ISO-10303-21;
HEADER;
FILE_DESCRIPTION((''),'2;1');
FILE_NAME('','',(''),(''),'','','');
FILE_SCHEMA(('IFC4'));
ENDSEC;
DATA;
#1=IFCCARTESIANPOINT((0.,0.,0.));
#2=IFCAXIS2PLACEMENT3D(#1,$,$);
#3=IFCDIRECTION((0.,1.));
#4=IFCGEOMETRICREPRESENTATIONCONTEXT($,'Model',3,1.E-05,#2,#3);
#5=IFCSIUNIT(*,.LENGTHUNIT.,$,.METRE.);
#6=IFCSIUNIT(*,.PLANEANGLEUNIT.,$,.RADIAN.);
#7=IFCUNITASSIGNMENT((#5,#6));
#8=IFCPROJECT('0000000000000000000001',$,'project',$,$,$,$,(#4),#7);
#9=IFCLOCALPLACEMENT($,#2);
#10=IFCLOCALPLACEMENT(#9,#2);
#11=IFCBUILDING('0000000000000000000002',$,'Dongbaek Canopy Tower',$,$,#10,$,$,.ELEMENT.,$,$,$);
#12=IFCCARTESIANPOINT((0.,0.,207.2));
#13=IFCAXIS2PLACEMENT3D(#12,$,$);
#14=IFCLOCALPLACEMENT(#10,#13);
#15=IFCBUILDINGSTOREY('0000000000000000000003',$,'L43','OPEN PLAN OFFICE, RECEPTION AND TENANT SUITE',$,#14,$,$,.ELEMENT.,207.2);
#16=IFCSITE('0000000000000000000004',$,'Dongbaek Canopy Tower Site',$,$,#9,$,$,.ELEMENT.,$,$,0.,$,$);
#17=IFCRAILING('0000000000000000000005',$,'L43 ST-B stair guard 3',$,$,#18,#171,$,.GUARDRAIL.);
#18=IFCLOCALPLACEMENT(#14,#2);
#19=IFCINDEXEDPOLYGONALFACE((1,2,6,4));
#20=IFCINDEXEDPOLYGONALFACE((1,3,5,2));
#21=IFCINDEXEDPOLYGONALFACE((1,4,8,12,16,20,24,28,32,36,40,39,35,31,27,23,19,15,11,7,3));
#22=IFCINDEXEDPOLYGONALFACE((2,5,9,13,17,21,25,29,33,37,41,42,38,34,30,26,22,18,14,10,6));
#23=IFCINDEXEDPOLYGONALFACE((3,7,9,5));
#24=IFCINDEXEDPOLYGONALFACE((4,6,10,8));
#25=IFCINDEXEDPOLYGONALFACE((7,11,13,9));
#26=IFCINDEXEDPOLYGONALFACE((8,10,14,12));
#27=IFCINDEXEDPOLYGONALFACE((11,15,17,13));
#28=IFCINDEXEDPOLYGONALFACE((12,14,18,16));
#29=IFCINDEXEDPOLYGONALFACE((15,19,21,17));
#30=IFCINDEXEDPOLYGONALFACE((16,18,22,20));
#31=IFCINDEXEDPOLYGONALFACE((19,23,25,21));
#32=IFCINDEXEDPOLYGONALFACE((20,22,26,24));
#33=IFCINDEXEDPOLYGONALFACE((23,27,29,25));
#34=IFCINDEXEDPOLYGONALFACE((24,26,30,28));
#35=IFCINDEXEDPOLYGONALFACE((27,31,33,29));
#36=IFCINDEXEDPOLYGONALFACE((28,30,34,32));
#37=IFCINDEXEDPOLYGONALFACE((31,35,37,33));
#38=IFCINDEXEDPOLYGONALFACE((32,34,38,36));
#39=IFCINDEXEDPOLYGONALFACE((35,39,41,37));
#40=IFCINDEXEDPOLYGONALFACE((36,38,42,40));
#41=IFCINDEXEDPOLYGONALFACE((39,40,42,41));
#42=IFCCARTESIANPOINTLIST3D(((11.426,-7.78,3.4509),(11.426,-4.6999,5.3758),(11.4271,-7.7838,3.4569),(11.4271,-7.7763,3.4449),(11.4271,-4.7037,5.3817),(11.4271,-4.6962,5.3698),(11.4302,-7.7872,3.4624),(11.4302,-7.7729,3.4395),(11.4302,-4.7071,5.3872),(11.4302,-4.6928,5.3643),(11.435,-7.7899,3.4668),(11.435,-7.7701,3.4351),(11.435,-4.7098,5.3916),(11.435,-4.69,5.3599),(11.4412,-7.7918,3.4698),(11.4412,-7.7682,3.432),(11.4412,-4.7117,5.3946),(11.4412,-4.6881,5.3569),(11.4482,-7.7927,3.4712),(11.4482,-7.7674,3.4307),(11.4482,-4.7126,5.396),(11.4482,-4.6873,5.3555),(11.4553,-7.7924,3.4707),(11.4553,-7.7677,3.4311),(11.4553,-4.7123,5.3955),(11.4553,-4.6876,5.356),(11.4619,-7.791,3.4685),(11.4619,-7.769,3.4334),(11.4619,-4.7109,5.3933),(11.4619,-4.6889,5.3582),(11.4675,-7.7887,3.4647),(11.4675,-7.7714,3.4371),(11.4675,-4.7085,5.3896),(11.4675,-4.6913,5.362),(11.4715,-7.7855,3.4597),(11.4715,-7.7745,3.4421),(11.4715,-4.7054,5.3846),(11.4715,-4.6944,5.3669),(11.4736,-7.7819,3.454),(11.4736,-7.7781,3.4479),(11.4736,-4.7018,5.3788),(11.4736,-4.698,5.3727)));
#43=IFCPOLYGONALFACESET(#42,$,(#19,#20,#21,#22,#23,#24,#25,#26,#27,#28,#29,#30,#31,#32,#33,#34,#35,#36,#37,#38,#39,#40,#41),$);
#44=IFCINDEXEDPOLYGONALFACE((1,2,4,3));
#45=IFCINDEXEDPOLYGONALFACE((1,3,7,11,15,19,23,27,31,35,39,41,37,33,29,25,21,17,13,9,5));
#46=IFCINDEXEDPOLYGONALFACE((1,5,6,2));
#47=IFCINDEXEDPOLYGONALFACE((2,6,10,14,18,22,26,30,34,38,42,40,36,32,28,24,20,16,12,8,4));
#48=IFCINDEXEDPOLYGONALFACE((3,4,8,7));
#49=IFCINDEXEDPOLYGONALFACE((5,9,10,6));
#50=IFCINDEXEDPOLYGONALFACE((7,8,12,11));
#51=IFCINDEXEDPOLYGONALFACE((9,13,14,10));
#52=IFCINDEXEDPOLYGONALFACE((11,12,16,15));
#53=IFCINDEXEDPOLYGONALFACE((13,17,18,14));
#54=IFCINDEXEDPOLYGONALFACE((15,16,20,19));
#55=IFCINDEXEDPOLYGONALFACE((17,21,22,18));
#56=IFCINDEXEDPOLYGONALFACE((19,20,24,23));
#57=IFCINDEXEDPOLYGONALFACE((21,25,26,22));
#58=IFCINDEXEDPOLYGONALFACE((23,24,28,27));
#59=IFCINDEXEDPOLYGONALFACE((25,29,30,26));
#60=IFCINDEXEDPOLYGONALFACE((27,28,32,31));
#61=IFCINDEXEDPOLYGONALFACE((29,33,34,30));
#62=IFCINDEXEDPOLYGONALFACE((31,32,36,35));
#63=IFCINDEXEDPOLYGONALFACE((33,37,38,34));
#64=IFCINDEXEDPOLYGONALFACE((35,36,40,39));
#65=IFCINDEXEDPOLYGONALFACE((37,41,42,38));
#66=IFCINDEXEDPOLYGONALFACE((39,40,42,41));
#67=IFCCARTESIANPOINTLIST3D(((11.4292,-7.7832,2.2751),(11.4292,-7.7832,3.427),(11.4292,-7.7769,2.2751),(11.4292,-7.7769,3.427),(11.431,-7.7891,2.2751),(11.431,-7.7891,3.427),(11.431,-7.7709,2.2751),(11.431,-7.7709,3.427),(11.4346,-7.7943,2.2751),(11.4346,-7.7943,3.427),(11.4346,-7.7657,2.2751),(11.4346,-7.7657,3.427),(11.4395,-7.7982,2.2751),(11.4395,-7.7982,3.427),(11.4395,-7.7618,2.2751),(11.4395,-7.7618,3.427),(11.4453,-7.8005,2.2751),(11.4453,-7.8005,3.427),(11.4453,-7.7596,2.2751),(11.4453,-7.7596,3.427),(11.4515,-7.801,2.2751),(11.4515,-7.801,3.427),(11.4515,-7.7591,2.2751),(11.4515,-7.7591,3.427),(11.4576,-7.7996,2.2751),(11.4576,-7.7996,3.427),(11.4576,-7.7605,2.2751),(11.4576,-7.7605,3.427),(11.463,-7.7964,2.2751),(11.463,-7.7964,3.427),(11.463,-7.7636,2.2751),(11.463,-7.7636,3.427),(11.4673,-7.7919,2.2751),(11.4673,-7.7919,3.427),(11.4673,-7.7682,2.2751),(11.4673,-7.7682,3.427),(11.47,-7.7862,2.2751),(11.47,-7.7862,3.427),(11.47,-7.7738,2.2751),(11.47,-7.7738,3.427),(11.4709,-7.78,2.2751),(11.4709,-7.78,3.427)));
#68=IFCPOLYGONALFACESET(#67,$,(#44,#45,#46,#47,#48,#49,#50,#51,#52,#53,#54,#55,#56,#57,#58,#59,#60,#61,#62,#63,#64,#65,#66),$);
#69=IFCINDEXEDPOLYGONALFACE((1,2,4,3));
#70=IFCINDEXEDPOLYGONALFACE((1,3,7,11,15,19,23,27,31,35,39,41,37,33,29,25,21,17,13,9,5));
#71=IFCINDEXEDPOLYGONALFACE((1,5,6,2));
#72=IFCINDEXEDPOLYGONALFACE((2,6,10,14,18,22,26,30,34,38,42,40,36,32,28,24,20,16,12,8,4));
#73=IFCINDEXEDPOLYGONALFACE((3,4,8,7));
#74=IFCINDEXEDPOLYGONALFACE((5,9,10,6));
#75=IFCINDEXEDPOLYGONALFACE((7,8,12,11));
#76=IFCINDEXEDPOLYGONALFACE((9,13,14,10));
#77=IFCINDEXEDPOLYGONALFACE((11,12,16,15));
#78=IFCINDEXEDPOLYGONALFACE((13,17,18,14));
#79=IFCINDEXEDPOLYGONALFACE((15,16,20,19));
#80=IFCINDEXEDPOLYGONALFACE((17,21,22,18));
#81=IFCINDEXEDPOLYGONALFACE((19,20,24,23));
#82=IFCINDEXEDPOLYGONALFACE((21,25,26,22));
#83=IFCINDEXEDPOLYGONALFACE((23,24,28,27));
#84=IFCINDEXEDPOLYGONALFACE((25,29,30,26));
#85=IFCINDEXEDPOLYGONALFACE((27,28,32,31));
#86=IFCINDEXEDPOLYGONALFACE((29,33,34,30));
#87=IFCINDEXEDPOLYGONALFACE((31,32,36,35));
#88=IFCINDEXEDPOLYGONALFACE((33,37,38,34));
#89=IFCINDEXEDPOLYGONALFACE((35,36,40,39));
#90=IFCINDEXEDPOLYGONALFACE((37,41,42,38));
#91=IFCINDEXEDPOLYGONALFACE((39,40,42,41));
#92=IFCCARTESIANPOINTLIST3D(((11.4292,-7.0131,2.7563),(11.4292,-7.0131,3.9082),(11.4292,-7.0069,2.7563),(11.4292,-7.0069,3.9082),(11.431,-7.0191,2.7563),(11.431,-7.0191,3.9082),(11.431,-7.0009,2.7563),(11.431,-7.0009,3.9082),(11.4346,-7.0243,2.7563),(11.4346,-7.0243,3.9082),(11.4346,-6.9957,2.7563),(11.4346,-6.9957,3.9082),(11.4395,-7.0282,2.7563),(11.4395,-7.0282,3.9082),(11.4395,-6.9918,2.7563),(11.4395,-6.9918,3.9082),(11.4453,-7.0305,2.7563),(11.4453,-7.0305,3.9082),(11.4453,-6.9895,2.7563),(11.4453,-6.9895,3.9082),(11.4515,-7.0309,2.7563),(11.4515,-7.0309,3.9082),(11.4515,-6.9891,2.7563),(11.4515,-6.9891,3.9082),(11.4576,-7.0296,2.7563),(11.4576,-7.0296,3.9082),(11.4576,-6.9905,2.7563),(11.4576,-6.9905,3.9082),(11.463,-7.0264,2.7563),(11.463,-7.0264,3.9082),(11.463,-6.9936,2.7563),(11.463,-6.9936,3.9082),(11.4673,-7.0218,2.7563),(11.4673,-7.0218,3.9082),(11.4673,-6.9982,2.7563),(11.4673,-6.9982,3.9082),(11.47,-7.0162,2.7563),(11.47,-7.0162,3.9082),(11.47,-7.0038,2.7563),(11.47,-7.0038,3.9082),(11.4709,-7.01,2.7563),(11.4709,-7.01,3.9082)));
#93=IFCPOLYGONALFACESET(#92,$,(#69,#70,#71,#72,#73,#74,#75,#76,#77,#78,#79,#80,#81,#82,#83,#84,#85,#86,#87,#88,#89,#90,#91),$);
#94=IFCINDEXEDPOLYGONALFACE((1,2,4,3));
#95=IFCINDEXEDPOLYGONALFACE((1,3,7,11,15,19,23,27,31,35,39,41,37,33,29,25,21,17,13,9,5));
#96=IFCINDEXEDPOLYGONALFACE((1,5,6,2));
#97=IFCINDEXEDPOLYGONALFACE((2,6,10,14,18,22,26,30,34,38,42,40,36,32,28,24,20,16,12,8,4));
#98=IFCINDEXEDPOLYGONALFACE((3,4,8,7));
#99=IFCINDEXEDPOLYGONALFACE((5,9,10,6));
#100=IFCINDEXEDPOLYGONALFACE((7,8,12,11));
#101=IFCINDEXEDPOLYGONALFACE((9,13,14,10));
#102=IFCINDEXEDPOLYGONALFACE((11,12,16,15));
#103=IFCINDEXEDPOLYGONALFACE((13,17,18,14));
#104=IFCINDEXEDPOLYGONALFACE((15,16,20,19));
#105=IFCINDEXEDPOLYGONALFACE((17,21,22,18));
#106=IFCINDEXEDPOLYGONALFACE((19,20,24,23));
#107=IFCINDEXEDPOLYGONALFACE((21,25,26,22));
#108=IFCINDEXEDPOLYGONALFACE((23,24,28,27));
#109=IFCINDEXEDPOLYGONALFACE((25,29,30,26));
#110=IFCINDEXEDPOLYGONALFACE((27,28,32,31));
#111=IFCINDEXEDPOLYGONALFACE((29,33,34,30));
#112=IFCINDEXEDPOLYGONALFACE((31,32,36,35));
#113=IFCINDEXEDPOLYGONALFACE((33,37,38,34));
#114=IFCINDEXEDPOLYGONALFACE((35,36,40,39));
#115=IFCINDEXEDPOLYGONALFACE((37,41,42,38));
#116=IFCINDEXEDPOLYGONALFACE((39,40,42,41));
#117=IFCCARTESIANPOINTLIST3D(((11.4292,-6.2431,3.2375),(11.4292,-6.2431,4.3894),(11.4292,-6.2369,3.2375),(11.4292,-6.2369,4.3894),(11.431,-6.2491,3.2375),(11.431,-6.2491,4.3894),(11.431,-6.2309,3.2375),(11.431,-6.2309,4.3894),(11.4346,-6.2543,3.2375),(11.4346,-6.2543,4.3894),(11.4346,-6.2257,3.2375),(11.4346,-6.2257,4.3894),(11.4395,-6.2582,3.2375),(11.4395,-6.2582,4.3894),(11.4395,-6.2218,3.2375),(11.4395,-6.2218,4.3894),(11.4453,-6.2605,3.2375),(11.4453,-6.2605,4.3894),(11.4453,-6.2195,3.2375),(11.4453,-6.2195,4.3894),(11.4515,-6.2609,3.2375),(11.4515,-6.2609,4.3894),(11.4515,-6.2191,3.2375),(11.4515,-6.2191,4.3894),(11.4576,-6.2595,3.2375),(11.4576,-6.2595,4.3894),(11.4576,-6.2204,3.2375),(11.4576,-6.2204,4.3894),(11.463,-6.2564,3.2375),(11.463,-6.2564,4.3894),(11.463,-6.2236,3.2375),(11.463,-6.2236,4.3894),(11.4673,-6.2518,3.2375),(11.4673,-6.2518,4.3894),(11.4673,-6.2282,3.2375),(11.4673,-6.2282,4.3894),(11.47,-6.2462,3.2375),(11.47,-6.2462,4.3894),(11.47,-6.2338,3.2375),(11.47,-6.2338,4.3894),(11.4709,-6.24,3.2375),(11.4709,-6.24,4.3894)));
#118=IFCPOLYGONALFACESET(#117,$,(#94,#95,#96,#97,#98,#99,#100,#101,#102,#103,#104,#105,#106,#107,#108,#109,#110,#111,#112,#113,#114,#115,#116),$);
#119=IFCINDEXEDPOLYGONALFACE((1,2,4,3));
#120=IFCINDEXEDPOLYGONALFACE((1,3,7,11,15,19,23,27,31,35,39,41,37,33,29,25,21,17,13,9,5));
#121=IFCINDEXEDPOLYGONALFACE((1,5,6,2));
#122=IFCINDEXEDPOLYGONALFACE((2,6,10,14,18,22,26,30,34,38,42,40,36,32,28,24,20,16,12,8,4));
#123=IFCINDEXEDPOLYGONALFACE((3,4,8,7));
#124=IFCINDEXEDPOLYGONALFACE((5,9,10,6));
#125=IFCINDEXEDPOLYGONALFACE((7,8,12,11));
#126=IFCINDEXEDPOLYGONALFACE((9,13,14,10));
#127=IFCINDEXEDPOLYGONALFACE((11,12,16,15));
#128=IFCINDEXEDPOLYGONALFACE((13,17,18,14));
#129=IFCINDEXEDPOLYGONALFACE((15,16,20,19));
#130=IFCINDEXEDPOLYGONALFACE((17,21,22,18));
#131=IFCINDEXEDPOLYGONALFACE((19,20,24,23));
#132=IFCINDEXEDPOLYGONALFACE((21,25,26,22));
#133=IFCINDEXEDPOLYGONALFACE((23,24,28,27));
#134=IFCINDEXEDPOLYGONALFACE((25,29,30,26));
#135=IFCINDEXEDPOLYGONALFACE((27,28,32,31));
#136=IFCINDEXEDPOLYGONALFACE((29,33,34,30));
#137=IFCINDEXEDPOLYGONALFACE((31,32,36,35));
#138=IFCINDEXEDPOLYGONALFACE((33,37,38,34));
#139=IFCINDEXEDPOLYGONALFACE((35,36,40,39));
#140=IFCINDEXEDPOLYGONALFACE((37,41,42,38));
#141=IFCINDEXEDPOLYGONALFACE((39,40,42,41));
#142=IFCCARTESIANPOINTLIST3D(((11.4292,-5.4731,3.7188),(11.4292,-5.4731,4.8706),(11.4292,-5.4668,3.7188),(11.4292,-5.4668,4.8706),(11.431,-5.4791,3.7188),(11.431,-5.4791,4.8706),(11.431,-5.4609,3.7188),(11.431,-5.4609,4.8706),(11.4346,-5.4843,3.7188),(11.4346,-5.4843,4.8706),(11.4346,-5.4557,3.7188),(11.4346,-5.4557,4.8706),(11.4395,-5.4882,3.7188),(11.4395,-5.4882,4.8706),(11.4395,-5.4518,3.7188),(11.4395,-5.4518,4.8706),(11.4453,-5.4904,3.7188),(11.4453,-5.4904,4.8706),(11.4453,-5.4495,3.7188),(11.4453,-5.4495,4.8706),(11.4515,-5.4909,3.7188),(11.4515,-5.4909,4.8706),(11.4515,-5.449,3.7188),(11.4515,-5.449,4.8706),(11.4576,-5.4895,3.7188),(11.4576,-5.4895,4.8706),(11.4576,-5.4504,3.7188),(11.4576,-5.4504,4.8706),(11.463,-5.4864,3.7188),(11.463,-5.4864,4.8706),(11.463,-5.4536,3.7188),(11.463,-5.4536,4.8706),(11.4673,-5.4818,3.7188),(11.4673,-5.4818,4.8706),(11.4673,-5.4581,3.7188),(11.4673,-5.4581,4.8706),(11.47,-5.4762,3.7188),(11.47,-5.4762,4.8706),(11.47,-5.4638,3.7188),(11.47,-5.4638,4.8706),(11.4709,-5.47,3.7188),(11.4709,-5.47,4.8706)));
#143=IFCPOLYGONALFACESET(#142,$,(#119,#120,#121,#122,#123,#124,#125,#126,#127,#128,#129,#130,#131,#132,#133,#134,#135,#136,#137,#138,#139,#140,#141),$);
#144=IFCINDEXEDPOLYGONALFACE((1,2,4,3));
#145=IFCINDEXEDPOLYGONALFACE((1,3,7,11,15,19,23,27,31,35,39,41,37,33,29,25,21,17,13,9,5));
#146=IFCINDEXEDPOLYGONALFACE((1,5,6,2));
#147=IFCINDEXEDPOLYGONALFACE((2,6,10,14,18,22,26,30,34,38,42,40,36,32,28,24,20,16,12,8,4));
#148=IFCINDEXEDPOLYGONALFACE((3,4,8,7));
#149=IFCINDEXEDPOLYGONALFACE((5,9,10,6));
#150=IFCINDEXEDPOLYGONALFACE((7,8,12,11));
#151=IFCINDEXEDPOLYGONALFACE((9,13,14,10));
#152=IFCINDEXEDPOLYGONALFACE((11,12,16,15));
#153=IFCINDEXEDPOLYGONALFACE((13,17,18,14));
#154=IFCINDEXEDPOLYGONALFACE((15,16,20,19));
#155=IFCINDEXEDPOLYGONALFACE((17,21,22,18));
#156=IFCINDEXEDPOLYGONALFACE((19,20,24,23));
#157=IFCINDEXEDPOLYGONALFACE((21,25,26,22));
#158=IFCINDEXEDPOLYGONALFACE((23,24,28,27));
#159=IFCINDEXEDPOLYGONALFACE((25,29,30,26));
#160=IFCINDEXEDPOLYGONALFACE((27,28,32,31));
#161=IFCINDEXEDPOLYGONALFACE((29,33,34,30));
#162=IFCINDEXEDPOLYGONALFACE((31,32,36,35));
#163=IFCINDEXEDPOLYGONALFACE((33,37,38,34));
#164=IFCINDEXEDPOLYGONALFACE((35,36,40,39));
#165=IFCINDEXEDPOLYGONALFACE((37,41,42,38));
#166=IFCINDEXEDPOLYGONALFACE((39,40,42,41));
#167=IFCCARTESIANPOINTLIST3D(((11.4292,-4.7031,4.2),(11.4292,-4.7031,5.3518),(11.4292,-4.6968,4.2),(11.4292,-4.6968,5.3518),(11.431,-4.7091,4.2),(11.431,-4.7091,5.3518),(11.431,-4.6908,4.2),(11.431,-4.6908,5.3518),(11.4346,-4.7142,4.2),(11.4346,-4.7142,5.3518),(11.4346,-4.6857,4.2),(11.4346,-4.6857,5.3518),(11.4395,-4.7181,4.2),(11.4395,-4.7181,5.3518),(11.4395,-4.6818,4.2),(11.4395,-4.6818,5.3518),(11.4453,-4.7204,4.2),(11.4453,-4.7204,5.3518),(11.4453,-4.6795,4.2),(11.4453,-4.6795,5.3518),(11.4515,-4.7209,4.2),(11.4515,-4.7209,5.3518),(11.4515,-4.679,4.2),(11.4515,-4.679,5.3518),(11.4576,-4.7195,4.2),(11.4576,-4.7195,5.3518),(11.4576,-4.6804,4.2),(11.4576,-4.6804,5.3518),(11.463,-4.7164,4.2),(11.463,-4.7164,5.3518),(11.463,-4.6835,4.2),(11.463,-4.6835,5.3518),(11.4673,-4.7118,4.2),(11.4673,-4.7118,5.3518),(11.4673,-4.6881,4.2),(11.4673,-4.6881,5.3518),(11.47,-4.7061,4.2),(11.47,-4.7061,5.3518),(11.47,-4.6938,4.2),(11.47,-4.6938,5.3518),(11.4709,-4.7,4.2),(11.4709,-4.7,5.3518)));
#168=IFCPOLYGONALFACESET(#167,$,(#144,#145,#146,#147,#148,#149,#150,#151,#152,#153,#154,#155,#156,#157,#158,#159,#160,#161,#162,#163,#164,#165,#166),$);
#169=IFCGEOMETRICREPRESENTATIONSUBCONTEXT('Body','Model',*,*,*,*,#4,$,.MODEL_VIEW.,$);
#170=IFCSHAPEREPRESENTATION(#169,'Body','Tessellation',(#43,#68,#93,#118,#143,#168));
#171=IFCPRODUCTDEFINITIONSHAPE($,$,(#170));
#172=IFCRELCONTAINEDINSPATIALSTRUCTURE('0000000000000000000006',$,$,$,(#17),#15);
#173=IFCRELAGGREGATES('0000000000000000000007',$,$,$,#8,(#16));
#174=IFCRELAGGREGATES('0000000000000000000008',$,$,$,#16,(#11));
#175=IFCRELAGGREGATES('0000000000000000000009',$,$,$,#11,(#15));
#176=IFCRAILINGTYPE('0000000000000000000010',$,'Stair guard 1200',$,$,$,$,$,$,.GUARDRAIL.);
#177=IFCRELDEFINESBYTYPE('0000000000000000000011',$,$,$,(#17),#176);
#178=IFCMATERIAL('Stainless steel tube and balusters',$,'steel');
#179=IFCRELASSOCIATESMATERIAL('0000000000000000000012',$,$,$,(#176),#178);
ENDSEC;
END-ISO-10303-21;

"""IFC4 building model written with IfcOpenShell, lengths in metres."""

from ifc_helpers import new_model, si_unit, direction, frame, origin, origin_2d, place, context, subcontext, project, spatial, circle, extrude, material, type_object, element, save


model = new_model("IFC4")

# Units and contexts
model_context = context("Model", 3, precision=1e-05, world=origin(), true_north=direction((0.0, 1.0)))
body_context = subcontext(model_context, "Body", "Model", "MODEL_VIEW")
ifc_project = project(units=[si_unit("LENGTHUNIT", "METRE"), si_unit("PLANEANGLEUNIT", "RADIAN")], contexts=[model_context])

# Site, building, storey
site_placement = place(None, origin())
site = spatial("IfcSite", under=ifc_project, at=site_placement, Name="Dongbaek Canopy Tower Site", CompositionType="ELEMENT", RefElevation=0.0)
building_placement = place(site_placement, origin())
building = spatial("IfcBuilding", under=site, at=building_placement, Name="Dongbaek Canopy Tower", CompositionType="ELEMENT")
storey_placement = place(building_placement, frame((0.0, 0.0, 207.2)))
storey = spatial("IfcBuildingStorey", under=building, at=storey_placement, Name="L43", Description="OPEN PLAN OFFICE, RECEPTION AND TENANT SUITE", CompositionType="ELEMENT", Elevation=207.2)

# Railing
ifc_material_1 = material(Name="Stainless steel tube and balusters", Category="steel")
railing_type_1 = type_object("IfcRailingType", Name="Stair guard 1200", PredefinedType="GUARDRAIL", material=ifc_material_1)
railing_1_placement = place(storey_placement, frame((11.45, -7.78, 2.2751)))
element("IfcRailing", 1, at=railing_1_placement, inside=storey, type_object=railing_type_1, Name="L43 ST-B stair guard 3", PredefinedType="GUARDRAIL", context=body_context, shape_type="SweptSolid", body=[
    extrude(circle(Radius=0.0239, at=origin_2d()), frame((0.0, 0.0, 1.1758), z_axis=(0.0, 0.848029, 0.529951), x_axis=(-1.0, 0.0, 0.0)), (0.0, 0.0, 1.0), 3.6321),
    extrude(circle(Radius=0.021, at=origin_2d()), origin(), (0.0, 0.0, 1.0), 1.1519),
    extrude(circle(Radius=0.021, at=origin_2d()), frame((0.0, 0.77, 0.4812)), (0.0, 0.0, 1.0), 1.1519),
    extrude(circle(Radius=0.021, at=origin_2d()), frame((0.0, 1.54, 0.9624)), (0.0, 0.0, 1.0), 1.1519),
    extrude(circle(Radius=0.021, at=origin_2d()), frame((0.0, 2.3101, 1.4436)), (0.0, 0.0, 1.0), 1.1519),
    extrude(circle(Radius=0.021, at=origin_2d()), frame((0.0, 3.0801, 1.9248)), (0.0, 0.0, 1.0), 1.1519),
])

save(model, "model.ifc")
